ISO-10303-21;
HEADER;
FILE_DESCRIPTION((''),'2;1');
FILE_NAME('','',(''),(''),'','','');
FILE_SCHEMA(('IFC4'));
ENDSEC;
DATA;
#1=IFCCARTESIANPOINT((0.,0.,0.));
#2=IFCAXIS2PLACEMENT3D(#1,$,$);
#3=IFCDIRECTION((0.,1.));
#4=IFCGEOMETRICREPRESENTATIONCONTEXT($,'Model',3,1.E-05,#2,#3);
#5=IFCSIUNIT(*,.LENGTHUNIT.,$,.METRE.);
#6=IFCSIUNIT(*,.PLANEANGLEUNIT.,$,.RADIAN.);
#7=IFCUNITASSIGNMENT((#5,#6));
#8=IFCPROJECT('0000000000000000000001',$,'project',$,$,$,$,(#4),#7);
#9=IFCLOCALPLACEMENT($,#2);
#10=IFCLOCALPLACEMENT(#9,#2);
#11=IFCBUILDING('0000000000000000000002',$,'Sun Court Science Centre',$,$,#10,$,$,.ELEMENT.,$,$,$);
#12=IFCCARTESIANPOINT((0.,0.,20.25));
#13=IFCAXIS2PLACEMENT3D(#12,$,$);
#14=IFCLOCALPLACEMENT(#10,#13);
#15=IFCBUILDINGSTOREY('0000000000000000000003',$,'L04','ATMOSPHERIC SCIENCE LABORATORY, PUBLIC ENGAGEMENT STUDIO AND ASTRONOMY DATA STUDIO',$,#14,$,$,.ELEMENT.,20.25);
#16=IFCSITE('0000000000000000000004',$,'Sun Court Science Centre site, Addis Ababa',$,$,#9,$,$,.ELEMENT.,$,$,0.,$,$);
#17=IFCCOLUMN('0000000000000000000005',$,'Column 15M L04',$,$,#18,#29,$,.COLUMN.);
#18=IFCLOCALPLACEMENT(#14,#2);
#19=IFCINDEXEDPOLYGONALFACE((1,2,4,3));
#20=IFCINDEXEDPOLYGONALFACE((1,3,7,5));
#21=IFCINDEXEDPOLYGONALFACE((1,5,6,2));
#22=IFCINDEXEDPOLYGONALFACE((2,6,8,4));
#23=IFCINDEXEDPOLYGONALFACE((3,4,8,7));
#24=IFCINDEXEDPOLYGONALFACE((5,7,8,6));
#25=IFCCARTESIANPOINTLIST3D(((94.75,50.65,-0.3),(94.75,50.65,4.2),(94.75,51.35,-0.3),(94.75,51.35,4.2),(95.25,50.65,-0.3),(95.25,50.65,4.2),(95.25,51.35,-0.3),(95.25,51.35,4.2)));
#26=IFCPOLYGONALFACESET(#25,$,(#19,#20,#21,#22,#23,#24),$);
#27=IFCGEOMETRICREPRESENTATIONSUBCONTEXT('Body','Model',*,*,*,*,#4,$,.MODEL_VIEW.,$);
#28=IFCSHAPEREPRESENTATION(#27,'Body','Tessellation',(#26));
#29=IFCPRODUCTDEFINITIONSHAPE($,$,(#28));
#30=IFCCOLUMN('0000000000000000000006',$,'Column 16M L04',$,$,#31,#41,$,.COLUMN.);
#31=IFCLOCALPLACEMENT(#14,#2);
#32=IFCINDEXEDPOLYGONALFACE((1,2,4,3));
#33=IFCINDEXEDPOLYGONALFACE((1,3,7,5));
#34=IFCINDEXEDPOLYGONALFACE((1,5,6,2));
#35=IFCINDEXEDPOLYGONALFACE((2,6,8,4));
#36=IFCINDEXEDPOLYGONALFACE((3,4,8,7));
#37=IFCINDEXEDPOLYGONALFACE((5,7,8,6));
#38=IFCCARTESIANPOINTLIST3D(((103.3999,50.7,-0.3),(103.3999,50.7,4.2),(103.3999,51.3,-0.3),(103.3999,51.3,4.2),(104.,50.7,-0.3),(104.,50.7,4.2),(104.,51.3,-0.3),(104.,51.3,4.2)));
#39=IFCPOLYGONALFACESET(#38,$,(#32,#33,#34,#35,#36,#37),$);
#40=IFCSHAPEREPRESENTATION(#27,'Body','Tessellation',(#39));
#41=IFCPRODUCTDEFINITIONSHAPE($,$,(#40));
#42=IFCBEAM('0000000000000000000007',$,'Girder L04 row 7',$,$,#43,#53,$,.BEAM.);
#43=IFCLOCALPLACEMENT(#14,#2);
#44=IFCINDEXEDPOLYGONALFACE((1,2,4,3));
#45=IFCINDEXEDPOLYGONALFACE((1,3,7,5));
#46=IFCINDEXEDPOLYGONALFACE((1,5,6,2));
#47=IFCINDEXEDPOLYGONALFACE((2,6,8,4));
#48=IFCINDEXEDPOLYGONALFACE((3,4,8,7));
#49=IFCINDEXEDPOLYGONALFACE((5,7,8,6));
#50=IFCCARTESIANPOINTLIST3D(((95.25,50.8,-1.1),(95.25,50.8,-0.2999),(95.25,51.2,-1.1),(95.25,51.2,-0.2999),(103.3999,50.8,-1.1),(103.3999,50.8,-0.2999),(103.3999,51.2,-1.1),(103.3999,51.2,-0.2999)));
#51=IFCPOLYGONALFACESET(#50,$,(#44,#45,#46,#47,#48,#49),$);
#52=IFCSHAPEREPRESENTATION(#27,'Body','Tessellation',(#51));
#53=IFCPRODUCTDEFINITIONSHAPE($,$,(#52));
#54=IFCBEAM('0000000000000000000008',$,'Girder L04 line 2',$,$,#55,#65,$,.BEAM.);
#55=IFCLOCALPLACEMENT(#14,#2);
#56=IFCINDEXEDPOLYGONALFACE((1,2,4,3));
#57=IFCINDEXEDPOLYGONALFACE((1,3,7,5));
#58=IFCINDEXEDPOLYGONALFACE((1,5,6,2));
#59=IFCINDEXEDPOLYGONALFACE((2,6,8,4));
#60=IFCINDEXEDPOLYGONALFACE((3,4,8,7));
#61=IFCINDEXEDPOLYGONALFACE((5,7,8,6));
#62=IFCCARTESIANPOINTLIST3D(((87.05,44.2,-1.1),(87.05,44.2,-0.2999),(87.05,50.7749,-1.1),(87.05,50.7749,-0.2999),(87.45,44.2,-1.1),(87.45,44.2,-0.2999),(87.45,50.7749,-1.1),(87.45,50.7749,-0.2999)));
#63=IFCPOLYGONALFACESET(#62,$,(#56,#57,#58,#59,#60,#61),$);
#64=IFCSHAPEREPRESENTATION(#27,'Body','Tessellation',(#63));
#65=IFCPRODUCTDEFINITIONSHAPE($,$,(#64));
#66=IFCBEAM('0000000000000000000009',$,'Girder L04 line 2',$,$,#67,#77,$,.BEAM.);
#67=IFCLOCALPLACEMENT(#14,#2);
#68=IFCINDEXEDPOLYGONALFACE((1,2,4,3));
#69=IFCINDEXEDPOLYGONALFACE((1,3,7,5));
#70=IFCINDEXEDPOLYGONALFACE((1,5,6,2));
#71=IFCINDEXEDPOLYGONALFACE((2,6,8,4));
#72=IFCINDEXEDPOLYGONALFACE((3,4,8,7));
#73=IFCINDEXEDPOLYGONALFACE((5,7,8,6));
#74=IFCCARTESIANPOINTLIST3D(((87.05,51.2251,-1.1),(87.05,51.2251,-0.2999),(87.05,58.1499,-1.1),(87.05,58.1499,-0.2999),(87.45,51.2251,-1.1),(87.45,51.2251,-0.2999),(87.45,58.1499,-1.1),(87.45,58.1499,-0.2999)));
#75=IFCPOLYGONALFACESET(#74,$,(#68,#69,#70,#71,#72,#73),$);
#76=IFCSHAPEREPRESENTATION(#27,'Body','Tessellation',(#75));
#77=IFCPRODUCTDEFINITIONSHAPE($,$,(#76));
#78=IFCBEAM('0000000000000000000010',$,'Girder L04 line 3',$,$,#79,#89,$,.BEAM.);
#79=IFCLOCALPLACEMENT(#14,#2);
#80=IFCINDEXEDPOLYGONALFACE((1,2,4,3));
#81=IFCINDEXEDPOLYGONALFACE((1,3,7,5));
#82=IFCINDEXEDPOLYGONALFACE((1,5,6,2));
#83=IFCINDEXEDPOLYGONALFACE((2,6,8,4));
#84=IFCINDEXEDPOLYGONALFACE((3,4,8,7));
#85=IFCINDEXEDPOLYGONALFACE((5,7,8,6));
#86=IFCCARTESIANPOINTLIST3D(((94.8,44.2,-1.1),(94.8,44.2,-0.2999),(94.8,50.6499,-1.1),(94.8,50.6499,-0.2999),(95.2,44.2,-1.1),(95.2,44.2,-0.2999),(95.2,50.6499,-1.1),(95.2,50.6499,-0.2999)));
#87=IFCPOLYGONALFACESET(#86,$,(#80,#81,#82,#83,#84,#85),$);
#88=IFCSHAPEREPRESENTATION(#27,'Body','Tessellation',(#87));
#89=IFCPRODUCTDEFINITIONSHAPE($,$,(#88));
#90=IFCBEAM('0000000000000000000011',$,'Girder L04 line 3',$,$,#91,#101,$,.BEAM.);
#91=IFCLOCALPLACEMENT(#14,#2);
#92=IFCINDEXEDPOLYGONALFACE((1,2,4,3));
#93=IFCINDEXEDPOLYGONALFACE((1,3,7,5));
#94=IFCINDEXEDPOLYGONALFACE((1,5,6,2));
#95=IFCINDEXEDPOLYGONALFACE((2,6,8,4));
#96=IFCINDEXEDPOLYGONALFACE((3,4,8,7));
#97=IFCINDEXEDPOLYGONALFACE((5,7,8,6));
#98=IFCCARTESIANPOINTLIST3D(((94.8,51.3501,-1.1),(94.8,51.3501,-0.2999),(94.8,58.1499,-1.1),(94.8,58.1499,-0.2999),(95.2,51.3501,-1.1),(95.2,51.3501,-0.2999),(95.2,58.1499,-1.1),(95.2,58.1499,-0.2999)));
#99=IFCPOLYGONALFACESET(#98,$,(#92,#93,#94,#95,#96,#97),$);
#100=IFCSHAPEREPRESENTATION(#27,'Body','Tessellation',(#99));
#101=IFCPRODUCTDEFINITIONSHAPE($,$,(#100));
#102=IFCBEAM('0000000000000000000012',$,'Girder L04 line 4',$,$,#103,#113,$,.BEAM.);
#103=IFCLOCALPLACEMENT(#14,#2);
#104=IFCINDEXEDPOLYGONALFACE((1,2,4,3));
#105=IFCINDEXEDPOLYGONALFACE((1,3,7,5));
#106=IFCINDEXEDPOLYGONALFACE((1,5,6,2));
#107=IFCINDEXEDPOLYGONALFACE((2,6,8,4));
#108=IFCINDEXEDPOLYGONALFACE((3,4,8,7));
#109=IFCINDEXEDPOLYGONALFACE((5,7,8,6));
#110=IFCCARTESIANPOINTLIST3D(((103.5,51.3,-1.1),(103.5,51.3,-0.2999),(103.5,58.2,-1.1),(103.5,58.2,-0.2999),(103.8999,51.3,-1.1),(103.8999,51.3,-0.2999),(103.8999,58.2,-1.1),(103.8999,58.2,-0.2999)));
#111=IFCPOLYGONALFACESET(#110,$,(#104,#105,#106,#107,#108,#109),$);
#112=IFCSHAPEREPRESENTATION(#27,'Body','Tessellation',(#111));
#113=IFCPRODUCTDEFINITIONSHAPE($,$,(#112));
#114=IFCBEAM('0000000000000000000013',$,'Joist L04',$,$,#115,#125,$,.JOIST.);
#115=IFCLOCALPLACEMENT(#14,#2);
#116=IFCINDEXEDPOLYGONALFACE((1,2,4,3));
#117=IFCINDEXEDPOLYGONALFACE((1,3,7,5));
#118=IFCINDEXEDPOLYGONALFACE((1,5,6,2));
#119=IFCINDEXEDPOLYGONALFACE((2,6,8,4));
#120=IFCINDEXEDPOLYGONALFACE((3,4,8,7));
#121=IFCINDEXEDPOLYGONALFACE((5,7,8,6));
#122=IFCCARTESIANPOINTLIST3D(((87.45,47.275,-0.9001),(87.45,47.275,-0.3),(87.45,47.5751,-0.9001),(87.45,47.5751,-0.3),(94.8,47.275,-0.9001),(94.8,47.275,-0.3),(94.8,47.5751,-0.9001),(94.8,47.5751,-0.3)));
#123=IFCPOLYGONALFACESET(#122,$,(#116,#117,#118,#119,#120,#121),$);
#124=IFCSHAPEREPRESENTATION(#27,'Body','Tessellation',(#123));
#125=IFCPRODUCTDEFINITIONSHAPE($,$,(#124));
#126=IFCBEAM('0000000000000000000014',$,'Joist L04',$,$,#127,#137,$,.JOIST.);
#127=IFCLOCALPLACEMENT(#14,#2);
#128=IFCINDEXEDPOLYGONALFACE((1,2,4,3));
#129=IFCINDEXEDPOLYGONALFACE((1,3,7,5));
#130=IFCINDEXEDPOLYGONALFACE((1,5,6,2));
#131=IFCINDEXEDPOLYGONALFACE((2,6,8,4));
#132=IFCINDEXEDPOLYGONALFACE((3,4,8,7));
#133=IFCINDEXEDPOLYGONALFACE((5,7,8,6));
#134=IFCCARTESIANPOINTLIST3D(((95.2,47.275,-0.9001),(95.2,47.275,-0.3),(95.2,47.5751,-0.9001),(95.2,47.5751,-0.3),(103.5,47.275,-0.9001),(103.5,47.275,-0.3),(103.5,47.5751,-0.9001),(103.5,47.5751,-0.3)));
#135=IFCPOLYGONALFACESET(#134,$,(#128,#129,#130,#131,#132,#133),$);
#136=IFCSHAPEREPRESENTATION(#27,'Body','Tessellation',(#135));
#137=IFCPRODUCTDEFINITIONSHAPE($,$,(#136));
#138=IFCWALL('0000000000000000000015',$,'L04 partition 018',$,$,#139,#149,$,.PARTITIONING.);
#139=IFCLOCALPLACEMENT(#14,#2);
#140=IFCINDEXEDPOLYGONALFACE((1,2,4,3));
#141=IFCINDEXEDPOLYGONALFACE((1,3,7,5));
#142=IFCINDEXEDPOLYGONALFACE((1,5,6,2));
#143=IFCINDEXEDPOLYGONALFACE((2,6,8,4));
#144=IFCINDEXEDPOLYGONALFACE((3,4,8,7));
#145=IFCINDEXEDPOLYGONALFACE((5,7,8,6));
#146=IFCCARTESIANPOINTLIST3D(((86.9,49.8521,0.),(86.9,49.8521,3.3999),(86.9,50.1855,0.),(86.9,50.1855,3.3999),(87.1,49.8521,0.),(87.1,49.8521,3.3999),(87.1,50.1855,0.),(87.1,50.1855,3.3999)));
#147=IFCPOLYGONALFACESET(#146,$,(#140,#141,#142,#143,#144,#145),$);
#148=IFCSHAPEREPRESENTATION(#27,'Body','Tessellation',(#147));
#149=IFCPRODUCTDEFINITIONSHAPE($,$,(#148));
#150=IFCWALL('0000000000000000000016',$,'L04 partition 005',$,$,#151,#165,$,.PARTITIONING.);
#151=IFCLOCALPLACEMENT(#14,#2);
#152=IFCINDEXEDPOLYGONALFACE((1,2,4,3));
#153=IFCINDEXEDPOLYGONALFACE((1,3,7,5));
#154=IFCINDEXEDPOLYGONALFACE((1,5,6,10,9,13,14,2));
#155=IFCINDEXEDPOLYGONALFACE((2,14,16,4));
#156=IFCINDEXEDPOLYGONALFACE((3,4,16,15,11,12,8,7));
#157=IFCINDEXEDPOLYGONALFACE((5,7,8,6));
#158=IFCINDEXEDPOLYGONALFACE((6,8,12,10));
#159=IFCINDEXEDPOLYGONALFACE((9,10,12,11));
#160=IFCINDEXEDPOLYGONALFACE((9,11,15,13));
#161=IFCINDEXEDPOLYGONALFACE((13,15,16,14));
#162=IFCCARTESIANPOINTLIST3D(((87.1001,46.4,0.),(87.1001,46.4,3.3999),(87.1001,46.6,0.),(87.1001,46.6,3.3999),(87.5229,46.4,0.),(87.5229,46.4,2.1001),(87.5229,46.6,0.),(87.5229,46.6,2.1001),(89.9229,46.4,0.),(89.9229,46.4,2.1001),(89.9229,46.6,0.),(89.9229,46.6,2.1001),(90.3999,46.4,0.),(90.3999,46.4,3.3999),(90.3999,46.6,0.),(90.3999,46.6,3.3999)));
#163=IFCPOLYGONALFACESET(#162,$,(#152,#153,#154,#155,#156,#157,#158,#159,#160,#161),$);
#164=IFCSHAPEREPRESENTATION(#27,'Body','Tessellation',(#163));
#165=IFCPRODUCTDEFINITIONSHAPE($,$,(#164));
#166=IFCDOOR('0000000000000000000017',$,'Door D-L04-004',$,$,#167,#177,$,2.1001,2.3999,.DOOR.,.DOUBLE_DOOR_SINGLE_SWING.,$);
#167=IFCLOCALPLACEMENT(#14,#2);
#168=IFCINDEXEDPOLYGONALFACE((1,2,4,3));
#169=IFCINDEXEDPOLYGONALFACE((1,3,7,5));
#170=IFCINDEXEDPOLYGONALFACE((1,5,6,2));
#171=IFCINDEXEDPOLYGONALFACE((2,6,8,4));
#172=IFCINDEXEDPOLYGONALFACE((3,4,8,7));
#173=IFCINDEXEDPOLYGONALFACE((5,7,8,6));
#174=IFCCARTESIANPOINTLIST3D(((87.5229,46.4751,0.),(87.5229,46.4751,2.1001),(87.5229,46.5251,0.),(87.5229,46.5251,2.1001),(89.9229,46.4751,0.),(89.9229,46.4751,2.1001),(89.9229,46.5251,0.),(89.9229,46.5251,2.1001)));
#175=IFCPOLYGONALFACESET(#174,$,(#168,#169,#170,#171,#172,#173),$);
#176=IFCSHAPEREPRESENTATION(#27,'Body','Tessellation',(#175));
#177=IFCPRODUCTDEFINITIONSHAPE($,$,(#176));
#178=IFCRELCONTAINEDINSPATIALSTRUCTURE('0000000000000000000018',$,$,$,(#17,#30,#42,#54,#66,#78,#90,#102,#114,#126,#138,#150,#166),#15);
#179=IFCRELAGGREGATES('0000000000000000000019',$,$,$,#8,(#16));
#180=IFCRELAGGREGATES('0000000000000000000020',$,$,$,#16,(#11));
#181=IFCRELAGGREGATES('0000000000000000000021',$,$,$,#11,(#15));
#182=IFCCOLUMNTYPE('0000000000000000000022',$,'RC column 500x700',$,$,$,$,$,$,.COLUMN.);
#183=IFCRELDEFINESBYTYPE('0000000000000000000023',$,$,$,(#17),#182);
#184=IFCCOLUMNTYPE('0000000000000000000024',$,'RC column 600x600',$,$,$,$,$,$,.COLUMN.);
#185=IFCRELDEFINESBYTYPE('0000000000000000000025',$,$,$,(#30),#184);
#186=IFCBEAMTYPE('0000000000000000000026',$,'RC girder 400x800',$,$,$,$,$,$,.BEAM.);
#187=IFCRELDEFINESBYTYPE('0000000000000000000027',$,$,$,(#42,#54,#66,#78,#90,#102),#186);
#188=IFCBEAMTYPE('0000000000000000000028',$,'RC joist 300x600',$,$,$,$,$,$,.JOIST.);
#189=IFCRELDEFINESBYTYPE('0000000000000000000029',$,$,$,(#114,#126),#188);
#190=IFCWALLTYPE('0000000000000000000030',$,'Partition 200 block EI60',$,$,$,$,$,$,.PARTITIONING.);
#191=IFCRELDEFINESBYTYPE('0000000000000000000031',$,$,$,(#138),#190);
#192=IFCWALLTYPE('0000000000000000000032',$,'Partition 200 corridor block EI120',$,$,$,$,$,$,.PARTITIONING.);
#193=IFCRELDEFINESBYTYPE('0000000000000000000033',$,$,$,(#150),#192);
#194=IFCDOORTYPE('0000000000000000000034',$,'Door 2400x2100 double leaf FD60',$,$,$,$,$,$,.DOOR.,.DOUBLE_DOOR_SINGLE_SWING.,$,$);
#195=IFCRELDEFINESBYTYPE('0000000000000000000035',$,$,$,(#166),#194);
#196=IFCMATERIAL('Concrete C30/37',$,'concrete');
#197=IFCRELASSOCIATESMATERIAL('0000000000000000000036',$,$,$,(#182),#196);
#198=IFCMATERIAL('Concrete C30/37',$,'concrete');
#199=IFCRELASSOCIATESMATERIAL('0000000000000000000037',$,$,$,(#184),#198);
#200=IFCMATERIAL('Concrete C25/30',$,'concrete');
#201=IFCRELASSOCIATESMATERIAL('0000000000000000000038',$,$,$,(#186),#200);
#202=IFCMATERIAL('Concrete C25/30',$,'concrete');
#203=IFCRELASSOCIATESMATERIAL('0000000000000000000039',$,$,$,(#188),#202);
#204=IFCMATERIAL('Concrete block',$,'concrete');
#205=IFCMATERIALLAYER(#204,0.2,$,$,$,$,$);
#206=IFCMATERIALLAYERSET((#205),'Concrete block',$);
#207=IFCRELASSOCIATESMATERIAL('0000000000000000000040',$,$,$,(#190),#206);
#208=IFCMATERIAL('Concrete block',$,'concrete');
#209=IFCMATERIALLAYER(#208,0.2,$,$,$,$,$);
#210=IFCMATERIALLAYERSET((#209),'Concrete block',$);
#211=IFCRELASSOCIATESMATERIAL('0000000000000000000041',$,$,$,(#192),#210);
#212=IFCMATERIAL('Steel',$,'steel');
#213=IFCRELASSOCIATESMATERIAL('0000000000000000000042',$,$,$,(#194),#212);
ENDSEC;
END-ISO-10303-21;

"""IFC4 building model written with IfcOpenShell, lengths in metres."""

from ifc_helpers import new_model, si_unit, direction, frame, frame_2d, origin, origin_2d, place, context, subcontext, project, spatial, rectangle, extrude, material, layer, layer_set, material_profile, profile_set, type_object, element, fill, save


model = new_model("IFC4")

# Units and contexts
model_context = context("Model", 3, precision=1e-05, world=origin(), true_north=direction((0.0, 1.0)))
body_context = subcontext(model_context, "Body", "Model", "MODEL_VIEW")
ifc_project = project(units=[si_unit("LENGTHUNIT", "METRE"), si_unit("PLANEANGLEUNIT", "RADIAN")], contexts=[model_context])

# Site, building, storey
site_placement = place(None, origin())
site = spatial("IfcSite", under=ifc_project, at=site_placement, Name="Sun Court Science Centre site, Addis Ababa", CompositionType="ELEMENT", RefElevation=0.0)
building_placement = place(site_placement, origin())
building = spatial("IfcBuilding", under=site, at=building_placement, Name="Sun Court Science Centre", CompositionType="ELEMENT")
storey_placement = place(building_placement, frame((0.0, 0.0, 20.25)))
storey = spatial("IfcBuildingStorey", under=building, at=storey_placement, Name="L04", Description="ATMOSPHERIC SCIENCE LABORATORY, PUBLIC ENGAGEMENT STUDIO AND ASTRONOMY DATA STUDIO", CompositionType="ELEMENT", Elevation=20.25)

# Columns
ifc_material_1 = material(Name="Concrete C30/37", Category="concrete")
ifc_material_profile_1 = material_profile(ifc_material_1, rectangle(XDim=0.5, YDim=0.7, at=origin_2d()), Name="RC 500x700")
ifc_profile_set_1 = profile_set([ifc_material_profile_1], Name="Concrete C30/37")
column_type_1 = type_object("IfcColumnType", Name="RC column 500x700", PredefinedType="COLUMN", material=ifc_profile_set_1)
column_1_placement = place(storey_placement, frame((95.0, 51.0, -0.3), z_axis=(0.0, 0.0, 1.0), x_axis=(1.0, 0.0, 0.0)))
element("IfcColumn", 1, at=column_1_placement, inside=storey, type_object=column_type_1, Name="Column 15M L04", PredefinedType="COLUMN", context=body_context, shape_type="SweptSolid", body=[
    extrude(rectangle(XDim=0.5, YDim=0.7, at=origin_2d()), origin(), (0.0, 0.0, 1.0), 4.5),
])
ifc_material_2 = material(Name="Concrete C30/37", Category="concrete")
ifc_material_profile_2 = material_profile(ifc_material_2, rectangle(XDim=0.6001, YDim=0.6001, at=origin_2d()), Name="RC 600x600")
ifc_profile_set_2 = profile_set([ifc_material_profile_2], Name="Concrete C30/37")
column_type_2 = type_object("IfcColumnType", Name="RC column 600x600", PredefinedType="COLUMN", material=ifc_profile_set_2)
column_2_placement = place(storey_placement, frame((103.7, 51.0, -0.3), z_axis=(0.0, 0.0, 1.0), x_axis=(1.0, 0.0, 0.0)))
element("IfcColumn", 2, at=column_2_placement, inside=storey, type_object=column_type_2, Name="Column 16M L04", PredefinedType="COLUMN", context=body_context, shape_type="SweptSolid", body=[
    extrude(rectangle(XDim=0.6001, YDim=0.6001, at=origin_2d()), origin(), (0.0, 0.0, 1.0), 4.5),
])

# Beams
ifc_material_3 = material(Name="Concrete C25/30", Category="concrete")
ifc_material_profile_3 = material_profile(ifc_material_3, rectangle(XDim=0.3999, YDim=0.8, at=origin_2d()), Name="RC 400x800")
ifc_profile_set_3 = profile_set([ifc_material_profile_3], Name="Concrete C25/30")
beam_type_1 = type_object("IfcBeamType", Name="RC girder 400x800", PredefinedType="BEAM", material=ifc_profile_set_3)
beam_1_placement = place(storey_placement, frame((95.25, 51.0, -0.7), z_axis=(1.0, 0.0, 0.0), x_axis=(0.0, 1.0, 0.0)))
element("IfcBeam", 3, at=beam_1_placement, inside=storey, type_object=beam_type_1, Name="Girder L04 row 7", PredefinedType="BEAM", context=body_context, shape_type="SweptSolid", body=[
    extrude(rectangle(XDim=0.3999, YDim=0.8, at=origin_2d()), origin(), (0.0, 0.0, 1.0), 8.1499),
])
beam_2_placement = place(storey_placement, frame((87.25, 44.2, -0.7), z_axis=(0.0, 1.0, 0.0), x_axis=(-1.0, 0.0, 0.0)))
element("IfcBeam", 4, at=beam_2_placement, inside=storey, type_object=beam_type_1, Name="Girder L04 line 2", PredefinedType="BEAM", context=body_context, shape_type="SweptSolid", body=[
    extrude(rectangle(XDim=0.3999, YDim=0.8, at=origin_2d()), origin(), (0.0, 0.0, 1.0), 6.575),
])
beam_3_placement = place(storey_placement, frame((87.25, 51.2251, -0.7), z_axis=(0.0, 1.0, 0.0), x_axis=(-1.0, 0.0, 0.0)))
element("IfcBeam", 5, at=beam_3_placement, inside=storey, type_object=beam_type_1, Name="Girder L04 line 2", PredefinedType="BEAM", context=body_context, shape_type="SweptSolid", body=[
    extrude(rectangle(XDim=0.3999, YDim=0.8, at=origin_2d()), origin(), (0.0, 0.0, 1.0), 6.9248),
])
beam_4_placement = place(storey_placement, frame((95.0, 44.2, -0.7), z_axis=(0.0, 1.0, 0.0), x_axis=(-1.0, 0.0, 0.0)))
element("IfcBeam", 6, at=beam_4_placement, inside=storey, type_object=beam_type_1, Name="Girder L04 line 3", PredefinedType="BEAM", context=body_context, shape_type="SweptSolid", body=[
    extrude(rectangle(XDim=0.3999, YDim=0.8, at=origin_2d()), origin(), (0.0, 0.0, 1.0), 6.45),
])
beam_5_placement = place(storey_placement, frame((95.0, 51.3501, -0.7), z_axis=(0.0, 1.0, 0.0), x_axis=(-1.0, 0.0, 0.0)))
element("IfcBeam", 7, at=beam_5_placement, inside=storey, type_object=beam_type_1, Name="Girder L04 line 3", PredefinedType="BEAM", context=body_context, shape_type="SweptSolid", body=[
    extrude(rectangle(XDim=0.3999, YDim=0.8, at=origin_2d()), origin(), (0.0, 0.0, 1.0), 6.7998),
])
beam_6_placement = place(storey_placement, frame((103.7, 51.3, -0.7), z_axis=(0.0, 1.0, 0.0), x_axis=(-1.0, 0.0, 0.0)))
element("IfcBeam", 8, at=beam_6_placement, inside=storey, type_object=beam_type_1, Name="Girder L04 line 4", PredefinedType="BEAM", context=body_context, shape_type="SweptSolid", body=[
    extrude(rectangle(XDim=0.3999, YDim=0.8, at=origin_2d()), origin(), (0.0, 0.0, 1.0), 6.8999),
])
ifc_material_4 = material(Name="Concrete C25/30", Category="concrete")
ifc_material_profile_4 = material_profile(ifc_material_4, rectangle(XDim=0.3, YDim=0.6001, at=origin_2d()), Name="RC 300x600")
ifc_profile_set_4 = profile_set([ifc_material_profile_4], Name="Concrete C25/30")
beam_type_2 = type_object("IfcBeamType", Name="RC joist 300x600", PredefinedType="JOIST", material=ifc_profile_set_4)
beam_7_placement = place(storey_placement, frame((87.45, 47.425, -0.6001), z_axis=(1.0, 0.0, 0.0), x_axis=(0.0, 1.0, 0.0)))
element("IfcBeam", 9, at=beam_7_placement, inside=storey, type_object=beam_type_2, Name="Joist L04", PredefinedType="JOIST", context=body_context, shape_type="SweptSolid", body=[
    extrude(rectangle(XDim=0.3, YDim=0.6001, at=origin_2d()), origin(), (0.0, 0.0, 1.0), 7.3501),
])
beam_8_placement = place(storey_placement, frame((95.2, 47.425, -0.6001), z_axis=(1.0, 0.0, 0.0), x_axis=(0.0, 1.0, 0.0)))
element("IfcBeam", 10, at=beam_8_placement, inside=storey, type_object=beam_type_2, Name="Joist L04", PredefinedType="JOIST", context=body_context, shape_type="SweptSolid", body=[
    extrude(rectangle(XDim=0.3, YDim=0.6001, at=origin_2d()), origin(), (0.0, 0.0, 1.0), 8.3),
])

# Wall
ifc_material_5 = material(Name="Concrete block", Category="concrete")
ifc_layer_1 = layer(ifc_material_5, 0.2)
ifc_layer_set_1 = layer_set([ifc_layer_1], Name="Concrete block")
wall_type_1 = type_object("IfcWallType", Name="Partition 200 block EI60", PredefinedType="PARTITIONING", material=ifc_layer_set_1)
wall_1_placement = place(storey_placement, frame((87.0, 49.8521, 0.0), z_axis=(0.0, 0.0, 1.0), x_axis=(0.0, 1.0, 0.0)))
element("IfcWall", 11, at=wall_1_placement, inside=storey, type_object=wall_type_1, Name="L04 partition 018", PredefinedType="PARTITIONING", context=body_context, shape_type="SweptSolid", body=[
    extrude(rectangle(XDim=0.3335, YDim=0.2, at=frame_2d((0.1667, 0.0))), origin(), (0.0, 0.0, 1.0), 3.3999),
])

# Wall, opening, door
ifc_material_6 = material(Name="Concrete block", Category="concrete")
ifc_layer_2 = layer(ifc_material_6, 0.2)
ifc_layer_set_2 = layer_set([ifc_layer_2], Name="Concrete block")
wall_type_2 = type_object("IfcWallType", Name="Partition 200 corridor block EI120", PredefinedType="PARTITIONING", material=ifc_layer_set_2)
wall_2_placement = place(storey_placement, frame((90.3999, 46.5, 0.0), z_axis=(0.0, 0.0, 1.0), x_axis=(-1.0, 0.0, 0.0)))
wall_2 = element("IfcWall", 12, at=wall_2_placement, inside=storey, type_object=wall_type_2, Name="L04 partition 005", PredefinedType="PARTITIONING", context=body_context, shape_type="SweptSolid", body=[
    extrude(rectangle(XDim=3.2998, YDim=0.2, at=frame_2d((1.6499, 0.0))), origin(), (0.0, 0.0, 1.0), 3.3999),
])
opening_1_placement = place(wall_2_placement, frame((0.4771, 0.0, 0.0)))
opening_1 = element("IfcOpeningElement", 13, at=opening_1_placement, cuts=wall_2, PredefinedType="OPENING", context=body_context, shape_type="SweptSolid", body=[
    extrude(rectangle(XDim=2.3999, YDim=2.1001, at=frame_2d((1.2, 1.05))), frame((0.0, 0.1099, 0.0), z_axis=(0.0, -1.0, 0.0), x_axis=(1.0, 0.0, 0.0)), (0.0, 0.0, 1.0), 0.22),
])
ifc_material_7 = material(Name="Steel", Category="steel")
door_type_1 = type_object("IfcDoorType", Name="Door 2400x2100 double leaf FD60", OperationType="DOUBLE_DOOR_SINGLE_SWING", PredefinedType="DOOR", material=ifc_material_7)
door_1_placement = place(opening_1_placement, origin())
door_1 = element("IfcDoor", 14, at=door_1_placement, inside=storey, type_object=door_type_1, Name="Door D-L04-004", OperationType="DOUBLE_DOOR_SINGLE_SWING", OverallHeight=2.1001, OverallWidth=2.3999, PredefinedType="DOOR", context=body_context, shape_type="SweptSolid", body=[
    extrude(rectangle(XDim=2.3999, YDim=2.1001, at=frame_2d((1.2, 1.05))), frame((0.0, 0.0249, 0.0), z_axis=(0.0, -1.0, 0.0), x_axis=(1.0, 0.0, 0.0)), (0.0, 0.0, 1.0), 0.05),
])
fill(opening_1, door_1)

save(model, "model.ifc")
